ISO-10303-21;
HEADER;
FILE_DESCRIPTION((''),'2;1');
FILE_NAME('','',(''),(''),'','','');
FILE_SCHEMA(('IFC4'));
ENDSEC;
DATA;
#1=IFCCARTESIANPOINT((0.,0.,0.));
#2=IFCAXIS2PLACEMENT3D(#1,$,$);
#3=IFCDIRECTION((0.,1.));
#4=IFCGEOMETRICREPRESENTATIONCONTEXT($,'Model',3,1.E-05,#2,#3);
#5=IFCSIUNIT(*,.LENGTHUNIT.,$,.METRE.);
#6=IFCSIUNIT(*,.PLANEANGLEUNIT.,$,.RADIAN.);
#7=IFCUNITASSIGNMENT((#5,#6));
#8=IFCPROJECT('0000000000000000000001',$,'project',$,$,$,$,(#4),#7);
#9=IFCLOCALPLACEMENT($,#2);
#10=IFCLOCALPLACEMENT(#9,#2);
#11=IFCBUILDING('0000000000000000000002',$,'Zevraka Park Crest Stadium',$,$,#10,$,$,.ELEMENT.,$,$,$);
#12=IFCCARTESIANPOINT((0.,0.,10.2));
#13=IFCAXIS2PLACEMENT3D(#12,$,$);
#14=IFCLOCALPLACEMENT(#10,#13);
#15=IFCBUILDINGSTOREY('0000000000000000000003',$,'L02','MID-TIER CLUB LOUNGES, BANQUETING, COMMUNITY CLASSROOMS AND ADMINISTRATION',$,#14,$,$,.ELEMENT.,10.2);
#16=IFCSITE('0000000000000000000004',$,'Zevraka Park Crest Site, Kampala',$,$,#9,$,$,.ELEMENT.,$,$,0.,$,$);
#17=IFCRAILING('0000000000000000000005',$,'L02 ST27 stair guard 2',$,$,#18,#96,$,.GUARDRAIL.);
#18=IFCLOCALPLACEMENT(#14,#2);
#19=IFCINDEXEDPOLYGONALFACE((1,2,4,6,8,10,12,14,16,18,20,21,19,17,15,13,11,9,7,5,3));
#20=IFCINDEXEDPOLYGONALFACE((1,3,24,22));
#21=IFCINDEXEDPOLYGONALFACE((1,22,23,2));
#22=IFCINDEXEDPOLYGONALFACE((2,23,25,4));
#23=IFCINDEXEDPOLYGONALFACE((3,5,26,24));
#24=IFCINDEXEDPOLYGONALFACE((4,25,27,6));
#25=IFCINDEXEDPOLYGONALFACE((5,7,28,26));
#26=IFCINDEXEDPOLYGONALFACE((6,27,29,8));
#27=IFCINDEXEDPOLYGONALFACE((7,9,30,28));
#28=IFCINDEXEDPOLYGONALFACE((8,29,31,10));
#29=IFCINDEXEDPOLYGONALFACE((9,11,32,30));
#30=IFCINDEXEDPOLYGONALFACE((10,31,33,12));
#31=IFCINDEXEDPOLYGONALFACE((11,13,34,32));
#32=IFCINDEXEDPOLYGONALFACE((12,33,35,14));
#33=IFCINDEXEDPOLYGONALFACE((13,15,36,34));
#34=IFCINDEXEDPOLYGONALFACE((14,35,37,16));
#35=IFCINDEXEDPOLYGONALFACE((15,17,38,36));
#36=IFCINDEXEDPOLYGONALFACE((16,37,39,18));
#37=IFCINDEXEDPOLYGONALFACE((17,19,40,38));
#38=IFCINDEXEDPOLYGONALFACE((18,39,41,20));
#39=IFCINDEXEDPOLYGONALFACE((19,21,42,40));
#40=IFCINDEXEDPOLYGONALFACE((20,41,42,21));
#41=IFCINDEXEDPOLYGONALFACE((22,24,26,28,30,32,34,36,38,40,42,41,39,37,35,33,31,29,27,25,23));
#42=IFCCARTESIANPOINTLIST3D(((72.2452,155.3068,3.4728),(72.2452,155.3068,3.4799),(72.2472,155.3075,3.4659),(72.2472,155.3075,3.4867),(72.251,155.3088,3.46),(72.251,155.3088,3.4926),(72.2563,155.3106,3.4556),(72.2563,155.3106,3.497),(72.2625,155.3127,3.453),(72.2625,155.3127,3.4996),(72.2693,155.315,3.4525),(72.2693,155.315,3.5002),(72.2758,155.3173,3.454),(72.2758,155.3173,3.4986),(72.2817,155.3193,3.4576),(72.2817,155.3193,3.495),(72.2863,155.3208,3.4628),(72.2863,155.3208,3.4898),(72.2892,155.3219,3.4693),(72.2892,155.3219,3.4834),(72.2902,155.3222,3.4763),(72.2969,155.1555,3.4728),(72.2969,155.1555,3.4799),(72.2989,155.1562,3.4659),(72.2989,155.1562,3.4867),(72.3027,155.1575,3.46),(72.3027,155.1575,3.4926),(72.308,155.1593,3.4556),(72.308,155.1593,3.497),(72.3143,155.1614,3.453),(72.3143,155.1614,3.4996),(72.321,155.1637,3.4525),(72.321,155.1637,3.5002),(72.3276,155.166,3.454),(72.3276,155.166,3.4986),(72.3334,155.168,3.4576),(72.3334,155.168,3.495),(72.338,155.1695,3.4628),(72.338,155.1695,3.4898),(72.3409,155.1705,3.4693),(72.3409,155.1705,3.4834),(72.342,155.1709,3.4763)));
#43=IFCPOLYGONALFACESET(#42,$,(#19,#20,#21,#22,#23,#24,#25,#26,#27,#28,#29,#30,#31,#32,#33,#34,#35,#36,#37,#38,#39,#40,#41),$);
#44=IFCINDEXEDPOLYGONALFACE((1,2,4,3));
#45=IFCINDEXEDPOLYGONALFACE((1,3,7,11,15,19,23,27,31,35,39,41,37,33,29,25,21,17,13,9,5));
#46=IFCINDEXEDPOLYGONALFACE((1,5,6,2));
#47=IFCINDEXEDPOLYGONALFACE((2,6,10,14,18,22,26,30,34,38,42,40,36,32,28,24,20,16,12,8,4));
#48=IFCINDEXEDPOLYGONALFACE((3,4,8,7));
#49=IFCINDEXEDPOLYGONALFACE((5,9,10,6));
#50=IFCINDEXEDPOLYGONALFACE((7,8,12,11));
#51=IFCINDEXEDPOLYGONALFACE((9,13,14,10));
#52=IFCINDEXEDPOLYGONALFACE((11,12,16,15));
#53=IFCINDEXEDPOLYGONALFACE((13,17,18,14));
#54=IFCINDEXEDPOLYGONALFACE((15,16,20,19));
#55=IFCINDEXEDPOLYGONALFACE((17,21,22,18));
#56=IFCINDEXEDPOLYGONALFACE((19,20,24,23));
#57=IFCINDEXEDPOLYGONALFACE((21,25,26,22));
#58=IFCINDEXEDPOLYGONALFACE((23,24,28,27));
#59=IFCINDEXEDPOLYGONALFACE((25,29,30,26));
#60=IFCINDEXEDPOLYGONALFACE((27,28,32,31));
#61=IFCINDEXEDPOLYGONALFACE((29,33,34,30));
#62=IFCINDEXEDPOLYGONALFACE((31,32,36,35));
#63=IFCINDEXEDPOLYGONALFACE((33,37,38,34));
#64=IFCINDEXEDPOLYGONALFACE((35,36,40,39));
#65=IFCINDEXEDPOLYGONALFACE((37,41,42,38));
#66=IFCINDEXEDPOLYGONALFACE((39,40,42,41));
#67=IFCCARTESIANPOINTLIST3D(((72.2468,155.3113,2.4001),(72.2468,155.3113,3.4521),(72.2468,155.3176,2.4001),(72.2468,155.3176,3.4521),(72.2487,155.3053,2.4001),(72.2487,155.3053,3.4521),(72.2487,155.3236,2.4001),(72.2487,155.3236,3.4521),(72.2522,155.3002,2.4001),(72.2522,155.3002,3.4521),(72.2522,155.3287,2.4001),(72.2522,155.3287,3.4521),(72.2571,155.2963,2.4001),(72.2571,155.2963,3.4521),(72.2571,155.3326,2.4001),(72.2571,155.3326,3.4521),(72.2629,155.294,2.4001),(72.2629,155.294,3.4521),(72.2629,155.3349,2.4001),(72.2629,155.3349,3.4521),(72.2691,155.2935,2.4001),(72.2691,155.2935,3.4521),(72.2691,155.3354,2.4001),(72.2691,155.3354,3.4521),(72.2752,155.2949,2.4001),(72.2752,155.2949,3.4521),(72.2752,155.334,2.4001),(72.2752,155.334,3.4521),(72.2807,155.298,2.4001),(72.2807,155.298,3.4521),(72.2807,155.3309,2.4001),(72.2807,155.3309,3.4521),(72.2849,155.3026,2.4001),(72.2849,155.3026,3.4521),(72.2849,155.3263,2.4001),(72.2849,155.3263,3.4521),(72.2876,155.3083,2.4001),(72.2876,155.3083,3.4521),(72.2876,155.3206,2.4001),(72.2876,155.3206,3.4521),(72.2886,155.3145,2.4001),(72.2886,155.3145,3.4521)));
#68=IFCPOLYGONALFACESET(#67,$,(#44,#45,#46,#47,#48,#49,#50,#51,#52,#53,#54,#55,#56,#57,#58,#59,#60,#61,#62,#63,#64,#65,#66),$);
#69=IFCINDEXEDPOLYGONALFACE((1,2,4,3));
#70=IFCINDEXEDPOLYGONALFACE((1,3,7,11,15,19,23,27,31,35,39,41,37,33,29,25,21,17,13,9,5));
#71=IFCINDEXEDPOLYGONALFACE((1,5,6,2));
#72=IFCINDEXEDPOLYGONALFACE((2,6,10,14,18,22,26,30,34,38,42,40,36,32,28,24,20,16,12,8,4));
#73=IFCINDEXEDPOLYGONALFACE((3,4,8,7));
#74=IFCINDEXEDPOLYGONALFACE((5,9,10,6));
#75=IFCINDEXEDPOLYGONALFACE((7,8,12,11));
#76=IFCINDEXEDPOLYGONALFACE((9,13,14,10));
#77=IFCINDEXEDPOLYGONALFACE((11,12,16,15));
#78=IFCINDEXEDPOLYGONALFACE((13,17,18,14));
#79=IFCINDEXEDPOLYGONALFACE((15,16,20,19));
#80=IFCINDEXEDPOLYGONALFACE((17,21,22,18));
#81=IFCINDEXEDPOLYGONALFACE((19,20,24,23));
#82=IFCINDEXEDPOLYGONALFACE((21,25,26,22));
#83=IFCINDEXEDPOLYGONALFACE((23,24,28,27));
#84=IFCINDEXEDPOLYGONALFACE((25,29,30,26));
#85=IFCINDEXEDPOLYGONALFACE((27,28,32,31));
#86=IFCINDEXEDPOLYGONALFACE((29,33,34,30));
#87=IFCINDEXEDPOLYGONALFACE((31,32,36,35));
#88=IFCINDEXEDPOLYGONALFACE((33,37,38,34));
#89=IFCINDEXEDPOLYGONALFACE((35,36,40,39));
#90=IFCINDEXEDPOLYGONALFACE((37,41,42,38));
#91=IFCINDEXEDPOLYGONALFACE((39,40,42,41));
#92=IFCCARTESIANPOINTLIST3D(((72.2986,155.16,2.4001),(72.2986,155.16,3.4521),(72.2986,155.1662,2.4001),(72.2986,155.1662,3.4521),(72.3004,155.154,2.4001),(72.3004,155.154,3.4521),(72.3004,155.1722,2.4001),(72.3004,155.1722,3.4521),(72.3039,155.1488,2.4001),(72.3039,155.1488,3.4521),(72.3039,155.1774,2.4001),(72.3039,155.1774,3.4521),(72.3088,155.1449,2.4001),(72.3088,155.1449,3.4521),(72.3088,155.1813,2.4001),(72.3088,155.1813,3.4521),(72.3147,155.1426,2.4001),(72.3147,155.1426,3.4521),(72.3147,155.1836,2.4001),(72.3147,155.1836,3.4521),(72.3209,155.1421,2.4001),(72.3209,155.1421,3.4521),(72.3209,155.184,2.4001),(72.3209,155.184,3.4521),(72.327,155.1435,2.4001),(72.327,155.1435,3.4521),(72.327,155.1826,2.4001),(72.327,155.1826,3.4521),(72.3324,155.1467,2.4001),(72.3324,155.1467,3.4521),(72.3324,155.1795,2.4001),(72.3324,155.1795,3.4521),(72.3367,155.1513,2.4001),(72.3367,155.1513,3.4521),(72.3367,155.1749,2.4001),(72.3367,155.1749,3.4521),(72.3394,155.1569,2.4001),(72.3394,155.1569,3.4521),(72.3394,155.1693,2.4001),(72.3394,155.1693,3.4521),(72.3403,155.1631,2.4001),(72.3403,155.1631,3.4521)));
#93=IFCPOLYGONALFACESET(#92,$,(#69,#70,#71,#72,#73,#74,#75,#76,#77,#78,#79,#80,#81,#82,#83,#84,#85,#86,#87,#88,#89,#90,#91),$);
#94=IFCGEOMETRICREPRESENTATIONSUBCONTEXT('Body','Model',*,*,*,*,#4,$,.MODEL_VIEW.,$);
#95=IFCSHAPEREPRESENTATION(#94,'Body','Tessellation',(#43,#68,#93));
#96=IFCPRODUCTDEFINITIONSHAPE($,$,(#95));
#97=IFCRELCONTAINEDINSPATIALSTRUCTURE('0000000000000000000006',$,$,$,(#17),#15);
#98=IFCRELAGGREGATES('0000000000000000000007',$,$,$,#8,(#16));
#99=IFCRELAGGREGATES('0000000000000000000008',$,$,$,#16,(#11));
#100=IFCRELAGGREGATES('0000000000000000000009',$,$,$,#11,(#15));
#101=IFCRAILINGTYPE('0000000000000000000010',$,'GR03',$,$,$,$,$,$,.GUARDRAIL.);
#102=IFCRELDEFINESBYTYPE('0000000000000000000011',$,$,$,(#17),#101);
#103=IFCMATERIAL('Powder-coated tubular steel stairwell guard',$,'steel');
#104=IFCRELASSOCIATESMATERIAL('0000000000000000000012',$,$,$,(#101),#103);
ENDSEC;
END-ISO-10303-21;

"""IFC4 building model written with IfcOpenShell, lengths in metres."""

from ifc_helpers import new_model, si_unit, direction, frame, origin, origin_2d, place, context, subcontext, project, spatial, circle, extrude, material, type_object, element, save


model = new_model("IFC4")

# Units and contexts
model_context = context("Model", 3, precision=1e-05, world=origin(), true_north=direction((0.0, 1.0)))
body_context = subcontext(model_context, "Body", "Model", "MODEL_VIEW")
ifc_project = project(units=[si_unit("LENGTHUNIT", "METRE"), si_unit("PLANEANGLEUNIT", "RADIAN")], contexts=[model_context])

# Site, building, storey
site_placement = place(None, origin())
site = spatial("IfcSite", under=ifc_project, at=site_placement, Name="Zevraka Park Crest Site, Kampala", CompositionType="ELEMENT", RefElevation=0.0)
building_placement = place(site_placement, origin())
building = spatial("IfcBuilding", under=site, at=building_placement, Name="Zevraka Park Crest Stadium", CompositionType="ELEMENT")
storey_placement = place(building_placement, frame((0.0, 0.0, 10.2)))
storey = spatial("IfcBuildingStorey", under=building, at=storey_placement, Name="L02", Description="MID-TIER CLUB LOUNGES, BANQUETING, COMMUNITY CLASSROOMS AND ADMINISTRATION", CompositionType="ELEMENT", Elevation=10.2)

# Railing
ifc_material_1 = material(Name="Powder-coated tubular steel stairwell guard", Category="steel")
railing_type_1 = type_object("IfcRailingType", Name="GR03", PredefinedType="GUARDRAIL", material=ifc_material_1)
railing_1_placement = place(storey_placement, frame((72.2676, 155.3145, 2.4001)))
element("IfcRailing", 1, at=railing_1_placement, inside=storey, type_object=railing_type_1, Name="L02 ST27 stair guard 2", PredefinedType="GUARDRAIL", context=body_context, shape_type="SweptSolid", body=[
    extrude(circle(Radius=0.0239, at=origin_2d()), frame((0.0, 0.0, 1.0762), z_axis=(0.323544, -0.946213, 0.0), x_axis=(0.946213, 0.323544, 0.0)), (0.0, 0.0, 1.0), 0.1599),
    extrude(circle(Radius=0.021, at=origin_2d()), origin(), (0.0, 0.0, 1.0), 1.052),
    extrude(circle(Radius=0.021, at=origin_2d()), frame((0.0518, -0.1514, 0.0)), (0.0, 0.0, 1.0), 1.052),
])

save(model, "model.ifc")
